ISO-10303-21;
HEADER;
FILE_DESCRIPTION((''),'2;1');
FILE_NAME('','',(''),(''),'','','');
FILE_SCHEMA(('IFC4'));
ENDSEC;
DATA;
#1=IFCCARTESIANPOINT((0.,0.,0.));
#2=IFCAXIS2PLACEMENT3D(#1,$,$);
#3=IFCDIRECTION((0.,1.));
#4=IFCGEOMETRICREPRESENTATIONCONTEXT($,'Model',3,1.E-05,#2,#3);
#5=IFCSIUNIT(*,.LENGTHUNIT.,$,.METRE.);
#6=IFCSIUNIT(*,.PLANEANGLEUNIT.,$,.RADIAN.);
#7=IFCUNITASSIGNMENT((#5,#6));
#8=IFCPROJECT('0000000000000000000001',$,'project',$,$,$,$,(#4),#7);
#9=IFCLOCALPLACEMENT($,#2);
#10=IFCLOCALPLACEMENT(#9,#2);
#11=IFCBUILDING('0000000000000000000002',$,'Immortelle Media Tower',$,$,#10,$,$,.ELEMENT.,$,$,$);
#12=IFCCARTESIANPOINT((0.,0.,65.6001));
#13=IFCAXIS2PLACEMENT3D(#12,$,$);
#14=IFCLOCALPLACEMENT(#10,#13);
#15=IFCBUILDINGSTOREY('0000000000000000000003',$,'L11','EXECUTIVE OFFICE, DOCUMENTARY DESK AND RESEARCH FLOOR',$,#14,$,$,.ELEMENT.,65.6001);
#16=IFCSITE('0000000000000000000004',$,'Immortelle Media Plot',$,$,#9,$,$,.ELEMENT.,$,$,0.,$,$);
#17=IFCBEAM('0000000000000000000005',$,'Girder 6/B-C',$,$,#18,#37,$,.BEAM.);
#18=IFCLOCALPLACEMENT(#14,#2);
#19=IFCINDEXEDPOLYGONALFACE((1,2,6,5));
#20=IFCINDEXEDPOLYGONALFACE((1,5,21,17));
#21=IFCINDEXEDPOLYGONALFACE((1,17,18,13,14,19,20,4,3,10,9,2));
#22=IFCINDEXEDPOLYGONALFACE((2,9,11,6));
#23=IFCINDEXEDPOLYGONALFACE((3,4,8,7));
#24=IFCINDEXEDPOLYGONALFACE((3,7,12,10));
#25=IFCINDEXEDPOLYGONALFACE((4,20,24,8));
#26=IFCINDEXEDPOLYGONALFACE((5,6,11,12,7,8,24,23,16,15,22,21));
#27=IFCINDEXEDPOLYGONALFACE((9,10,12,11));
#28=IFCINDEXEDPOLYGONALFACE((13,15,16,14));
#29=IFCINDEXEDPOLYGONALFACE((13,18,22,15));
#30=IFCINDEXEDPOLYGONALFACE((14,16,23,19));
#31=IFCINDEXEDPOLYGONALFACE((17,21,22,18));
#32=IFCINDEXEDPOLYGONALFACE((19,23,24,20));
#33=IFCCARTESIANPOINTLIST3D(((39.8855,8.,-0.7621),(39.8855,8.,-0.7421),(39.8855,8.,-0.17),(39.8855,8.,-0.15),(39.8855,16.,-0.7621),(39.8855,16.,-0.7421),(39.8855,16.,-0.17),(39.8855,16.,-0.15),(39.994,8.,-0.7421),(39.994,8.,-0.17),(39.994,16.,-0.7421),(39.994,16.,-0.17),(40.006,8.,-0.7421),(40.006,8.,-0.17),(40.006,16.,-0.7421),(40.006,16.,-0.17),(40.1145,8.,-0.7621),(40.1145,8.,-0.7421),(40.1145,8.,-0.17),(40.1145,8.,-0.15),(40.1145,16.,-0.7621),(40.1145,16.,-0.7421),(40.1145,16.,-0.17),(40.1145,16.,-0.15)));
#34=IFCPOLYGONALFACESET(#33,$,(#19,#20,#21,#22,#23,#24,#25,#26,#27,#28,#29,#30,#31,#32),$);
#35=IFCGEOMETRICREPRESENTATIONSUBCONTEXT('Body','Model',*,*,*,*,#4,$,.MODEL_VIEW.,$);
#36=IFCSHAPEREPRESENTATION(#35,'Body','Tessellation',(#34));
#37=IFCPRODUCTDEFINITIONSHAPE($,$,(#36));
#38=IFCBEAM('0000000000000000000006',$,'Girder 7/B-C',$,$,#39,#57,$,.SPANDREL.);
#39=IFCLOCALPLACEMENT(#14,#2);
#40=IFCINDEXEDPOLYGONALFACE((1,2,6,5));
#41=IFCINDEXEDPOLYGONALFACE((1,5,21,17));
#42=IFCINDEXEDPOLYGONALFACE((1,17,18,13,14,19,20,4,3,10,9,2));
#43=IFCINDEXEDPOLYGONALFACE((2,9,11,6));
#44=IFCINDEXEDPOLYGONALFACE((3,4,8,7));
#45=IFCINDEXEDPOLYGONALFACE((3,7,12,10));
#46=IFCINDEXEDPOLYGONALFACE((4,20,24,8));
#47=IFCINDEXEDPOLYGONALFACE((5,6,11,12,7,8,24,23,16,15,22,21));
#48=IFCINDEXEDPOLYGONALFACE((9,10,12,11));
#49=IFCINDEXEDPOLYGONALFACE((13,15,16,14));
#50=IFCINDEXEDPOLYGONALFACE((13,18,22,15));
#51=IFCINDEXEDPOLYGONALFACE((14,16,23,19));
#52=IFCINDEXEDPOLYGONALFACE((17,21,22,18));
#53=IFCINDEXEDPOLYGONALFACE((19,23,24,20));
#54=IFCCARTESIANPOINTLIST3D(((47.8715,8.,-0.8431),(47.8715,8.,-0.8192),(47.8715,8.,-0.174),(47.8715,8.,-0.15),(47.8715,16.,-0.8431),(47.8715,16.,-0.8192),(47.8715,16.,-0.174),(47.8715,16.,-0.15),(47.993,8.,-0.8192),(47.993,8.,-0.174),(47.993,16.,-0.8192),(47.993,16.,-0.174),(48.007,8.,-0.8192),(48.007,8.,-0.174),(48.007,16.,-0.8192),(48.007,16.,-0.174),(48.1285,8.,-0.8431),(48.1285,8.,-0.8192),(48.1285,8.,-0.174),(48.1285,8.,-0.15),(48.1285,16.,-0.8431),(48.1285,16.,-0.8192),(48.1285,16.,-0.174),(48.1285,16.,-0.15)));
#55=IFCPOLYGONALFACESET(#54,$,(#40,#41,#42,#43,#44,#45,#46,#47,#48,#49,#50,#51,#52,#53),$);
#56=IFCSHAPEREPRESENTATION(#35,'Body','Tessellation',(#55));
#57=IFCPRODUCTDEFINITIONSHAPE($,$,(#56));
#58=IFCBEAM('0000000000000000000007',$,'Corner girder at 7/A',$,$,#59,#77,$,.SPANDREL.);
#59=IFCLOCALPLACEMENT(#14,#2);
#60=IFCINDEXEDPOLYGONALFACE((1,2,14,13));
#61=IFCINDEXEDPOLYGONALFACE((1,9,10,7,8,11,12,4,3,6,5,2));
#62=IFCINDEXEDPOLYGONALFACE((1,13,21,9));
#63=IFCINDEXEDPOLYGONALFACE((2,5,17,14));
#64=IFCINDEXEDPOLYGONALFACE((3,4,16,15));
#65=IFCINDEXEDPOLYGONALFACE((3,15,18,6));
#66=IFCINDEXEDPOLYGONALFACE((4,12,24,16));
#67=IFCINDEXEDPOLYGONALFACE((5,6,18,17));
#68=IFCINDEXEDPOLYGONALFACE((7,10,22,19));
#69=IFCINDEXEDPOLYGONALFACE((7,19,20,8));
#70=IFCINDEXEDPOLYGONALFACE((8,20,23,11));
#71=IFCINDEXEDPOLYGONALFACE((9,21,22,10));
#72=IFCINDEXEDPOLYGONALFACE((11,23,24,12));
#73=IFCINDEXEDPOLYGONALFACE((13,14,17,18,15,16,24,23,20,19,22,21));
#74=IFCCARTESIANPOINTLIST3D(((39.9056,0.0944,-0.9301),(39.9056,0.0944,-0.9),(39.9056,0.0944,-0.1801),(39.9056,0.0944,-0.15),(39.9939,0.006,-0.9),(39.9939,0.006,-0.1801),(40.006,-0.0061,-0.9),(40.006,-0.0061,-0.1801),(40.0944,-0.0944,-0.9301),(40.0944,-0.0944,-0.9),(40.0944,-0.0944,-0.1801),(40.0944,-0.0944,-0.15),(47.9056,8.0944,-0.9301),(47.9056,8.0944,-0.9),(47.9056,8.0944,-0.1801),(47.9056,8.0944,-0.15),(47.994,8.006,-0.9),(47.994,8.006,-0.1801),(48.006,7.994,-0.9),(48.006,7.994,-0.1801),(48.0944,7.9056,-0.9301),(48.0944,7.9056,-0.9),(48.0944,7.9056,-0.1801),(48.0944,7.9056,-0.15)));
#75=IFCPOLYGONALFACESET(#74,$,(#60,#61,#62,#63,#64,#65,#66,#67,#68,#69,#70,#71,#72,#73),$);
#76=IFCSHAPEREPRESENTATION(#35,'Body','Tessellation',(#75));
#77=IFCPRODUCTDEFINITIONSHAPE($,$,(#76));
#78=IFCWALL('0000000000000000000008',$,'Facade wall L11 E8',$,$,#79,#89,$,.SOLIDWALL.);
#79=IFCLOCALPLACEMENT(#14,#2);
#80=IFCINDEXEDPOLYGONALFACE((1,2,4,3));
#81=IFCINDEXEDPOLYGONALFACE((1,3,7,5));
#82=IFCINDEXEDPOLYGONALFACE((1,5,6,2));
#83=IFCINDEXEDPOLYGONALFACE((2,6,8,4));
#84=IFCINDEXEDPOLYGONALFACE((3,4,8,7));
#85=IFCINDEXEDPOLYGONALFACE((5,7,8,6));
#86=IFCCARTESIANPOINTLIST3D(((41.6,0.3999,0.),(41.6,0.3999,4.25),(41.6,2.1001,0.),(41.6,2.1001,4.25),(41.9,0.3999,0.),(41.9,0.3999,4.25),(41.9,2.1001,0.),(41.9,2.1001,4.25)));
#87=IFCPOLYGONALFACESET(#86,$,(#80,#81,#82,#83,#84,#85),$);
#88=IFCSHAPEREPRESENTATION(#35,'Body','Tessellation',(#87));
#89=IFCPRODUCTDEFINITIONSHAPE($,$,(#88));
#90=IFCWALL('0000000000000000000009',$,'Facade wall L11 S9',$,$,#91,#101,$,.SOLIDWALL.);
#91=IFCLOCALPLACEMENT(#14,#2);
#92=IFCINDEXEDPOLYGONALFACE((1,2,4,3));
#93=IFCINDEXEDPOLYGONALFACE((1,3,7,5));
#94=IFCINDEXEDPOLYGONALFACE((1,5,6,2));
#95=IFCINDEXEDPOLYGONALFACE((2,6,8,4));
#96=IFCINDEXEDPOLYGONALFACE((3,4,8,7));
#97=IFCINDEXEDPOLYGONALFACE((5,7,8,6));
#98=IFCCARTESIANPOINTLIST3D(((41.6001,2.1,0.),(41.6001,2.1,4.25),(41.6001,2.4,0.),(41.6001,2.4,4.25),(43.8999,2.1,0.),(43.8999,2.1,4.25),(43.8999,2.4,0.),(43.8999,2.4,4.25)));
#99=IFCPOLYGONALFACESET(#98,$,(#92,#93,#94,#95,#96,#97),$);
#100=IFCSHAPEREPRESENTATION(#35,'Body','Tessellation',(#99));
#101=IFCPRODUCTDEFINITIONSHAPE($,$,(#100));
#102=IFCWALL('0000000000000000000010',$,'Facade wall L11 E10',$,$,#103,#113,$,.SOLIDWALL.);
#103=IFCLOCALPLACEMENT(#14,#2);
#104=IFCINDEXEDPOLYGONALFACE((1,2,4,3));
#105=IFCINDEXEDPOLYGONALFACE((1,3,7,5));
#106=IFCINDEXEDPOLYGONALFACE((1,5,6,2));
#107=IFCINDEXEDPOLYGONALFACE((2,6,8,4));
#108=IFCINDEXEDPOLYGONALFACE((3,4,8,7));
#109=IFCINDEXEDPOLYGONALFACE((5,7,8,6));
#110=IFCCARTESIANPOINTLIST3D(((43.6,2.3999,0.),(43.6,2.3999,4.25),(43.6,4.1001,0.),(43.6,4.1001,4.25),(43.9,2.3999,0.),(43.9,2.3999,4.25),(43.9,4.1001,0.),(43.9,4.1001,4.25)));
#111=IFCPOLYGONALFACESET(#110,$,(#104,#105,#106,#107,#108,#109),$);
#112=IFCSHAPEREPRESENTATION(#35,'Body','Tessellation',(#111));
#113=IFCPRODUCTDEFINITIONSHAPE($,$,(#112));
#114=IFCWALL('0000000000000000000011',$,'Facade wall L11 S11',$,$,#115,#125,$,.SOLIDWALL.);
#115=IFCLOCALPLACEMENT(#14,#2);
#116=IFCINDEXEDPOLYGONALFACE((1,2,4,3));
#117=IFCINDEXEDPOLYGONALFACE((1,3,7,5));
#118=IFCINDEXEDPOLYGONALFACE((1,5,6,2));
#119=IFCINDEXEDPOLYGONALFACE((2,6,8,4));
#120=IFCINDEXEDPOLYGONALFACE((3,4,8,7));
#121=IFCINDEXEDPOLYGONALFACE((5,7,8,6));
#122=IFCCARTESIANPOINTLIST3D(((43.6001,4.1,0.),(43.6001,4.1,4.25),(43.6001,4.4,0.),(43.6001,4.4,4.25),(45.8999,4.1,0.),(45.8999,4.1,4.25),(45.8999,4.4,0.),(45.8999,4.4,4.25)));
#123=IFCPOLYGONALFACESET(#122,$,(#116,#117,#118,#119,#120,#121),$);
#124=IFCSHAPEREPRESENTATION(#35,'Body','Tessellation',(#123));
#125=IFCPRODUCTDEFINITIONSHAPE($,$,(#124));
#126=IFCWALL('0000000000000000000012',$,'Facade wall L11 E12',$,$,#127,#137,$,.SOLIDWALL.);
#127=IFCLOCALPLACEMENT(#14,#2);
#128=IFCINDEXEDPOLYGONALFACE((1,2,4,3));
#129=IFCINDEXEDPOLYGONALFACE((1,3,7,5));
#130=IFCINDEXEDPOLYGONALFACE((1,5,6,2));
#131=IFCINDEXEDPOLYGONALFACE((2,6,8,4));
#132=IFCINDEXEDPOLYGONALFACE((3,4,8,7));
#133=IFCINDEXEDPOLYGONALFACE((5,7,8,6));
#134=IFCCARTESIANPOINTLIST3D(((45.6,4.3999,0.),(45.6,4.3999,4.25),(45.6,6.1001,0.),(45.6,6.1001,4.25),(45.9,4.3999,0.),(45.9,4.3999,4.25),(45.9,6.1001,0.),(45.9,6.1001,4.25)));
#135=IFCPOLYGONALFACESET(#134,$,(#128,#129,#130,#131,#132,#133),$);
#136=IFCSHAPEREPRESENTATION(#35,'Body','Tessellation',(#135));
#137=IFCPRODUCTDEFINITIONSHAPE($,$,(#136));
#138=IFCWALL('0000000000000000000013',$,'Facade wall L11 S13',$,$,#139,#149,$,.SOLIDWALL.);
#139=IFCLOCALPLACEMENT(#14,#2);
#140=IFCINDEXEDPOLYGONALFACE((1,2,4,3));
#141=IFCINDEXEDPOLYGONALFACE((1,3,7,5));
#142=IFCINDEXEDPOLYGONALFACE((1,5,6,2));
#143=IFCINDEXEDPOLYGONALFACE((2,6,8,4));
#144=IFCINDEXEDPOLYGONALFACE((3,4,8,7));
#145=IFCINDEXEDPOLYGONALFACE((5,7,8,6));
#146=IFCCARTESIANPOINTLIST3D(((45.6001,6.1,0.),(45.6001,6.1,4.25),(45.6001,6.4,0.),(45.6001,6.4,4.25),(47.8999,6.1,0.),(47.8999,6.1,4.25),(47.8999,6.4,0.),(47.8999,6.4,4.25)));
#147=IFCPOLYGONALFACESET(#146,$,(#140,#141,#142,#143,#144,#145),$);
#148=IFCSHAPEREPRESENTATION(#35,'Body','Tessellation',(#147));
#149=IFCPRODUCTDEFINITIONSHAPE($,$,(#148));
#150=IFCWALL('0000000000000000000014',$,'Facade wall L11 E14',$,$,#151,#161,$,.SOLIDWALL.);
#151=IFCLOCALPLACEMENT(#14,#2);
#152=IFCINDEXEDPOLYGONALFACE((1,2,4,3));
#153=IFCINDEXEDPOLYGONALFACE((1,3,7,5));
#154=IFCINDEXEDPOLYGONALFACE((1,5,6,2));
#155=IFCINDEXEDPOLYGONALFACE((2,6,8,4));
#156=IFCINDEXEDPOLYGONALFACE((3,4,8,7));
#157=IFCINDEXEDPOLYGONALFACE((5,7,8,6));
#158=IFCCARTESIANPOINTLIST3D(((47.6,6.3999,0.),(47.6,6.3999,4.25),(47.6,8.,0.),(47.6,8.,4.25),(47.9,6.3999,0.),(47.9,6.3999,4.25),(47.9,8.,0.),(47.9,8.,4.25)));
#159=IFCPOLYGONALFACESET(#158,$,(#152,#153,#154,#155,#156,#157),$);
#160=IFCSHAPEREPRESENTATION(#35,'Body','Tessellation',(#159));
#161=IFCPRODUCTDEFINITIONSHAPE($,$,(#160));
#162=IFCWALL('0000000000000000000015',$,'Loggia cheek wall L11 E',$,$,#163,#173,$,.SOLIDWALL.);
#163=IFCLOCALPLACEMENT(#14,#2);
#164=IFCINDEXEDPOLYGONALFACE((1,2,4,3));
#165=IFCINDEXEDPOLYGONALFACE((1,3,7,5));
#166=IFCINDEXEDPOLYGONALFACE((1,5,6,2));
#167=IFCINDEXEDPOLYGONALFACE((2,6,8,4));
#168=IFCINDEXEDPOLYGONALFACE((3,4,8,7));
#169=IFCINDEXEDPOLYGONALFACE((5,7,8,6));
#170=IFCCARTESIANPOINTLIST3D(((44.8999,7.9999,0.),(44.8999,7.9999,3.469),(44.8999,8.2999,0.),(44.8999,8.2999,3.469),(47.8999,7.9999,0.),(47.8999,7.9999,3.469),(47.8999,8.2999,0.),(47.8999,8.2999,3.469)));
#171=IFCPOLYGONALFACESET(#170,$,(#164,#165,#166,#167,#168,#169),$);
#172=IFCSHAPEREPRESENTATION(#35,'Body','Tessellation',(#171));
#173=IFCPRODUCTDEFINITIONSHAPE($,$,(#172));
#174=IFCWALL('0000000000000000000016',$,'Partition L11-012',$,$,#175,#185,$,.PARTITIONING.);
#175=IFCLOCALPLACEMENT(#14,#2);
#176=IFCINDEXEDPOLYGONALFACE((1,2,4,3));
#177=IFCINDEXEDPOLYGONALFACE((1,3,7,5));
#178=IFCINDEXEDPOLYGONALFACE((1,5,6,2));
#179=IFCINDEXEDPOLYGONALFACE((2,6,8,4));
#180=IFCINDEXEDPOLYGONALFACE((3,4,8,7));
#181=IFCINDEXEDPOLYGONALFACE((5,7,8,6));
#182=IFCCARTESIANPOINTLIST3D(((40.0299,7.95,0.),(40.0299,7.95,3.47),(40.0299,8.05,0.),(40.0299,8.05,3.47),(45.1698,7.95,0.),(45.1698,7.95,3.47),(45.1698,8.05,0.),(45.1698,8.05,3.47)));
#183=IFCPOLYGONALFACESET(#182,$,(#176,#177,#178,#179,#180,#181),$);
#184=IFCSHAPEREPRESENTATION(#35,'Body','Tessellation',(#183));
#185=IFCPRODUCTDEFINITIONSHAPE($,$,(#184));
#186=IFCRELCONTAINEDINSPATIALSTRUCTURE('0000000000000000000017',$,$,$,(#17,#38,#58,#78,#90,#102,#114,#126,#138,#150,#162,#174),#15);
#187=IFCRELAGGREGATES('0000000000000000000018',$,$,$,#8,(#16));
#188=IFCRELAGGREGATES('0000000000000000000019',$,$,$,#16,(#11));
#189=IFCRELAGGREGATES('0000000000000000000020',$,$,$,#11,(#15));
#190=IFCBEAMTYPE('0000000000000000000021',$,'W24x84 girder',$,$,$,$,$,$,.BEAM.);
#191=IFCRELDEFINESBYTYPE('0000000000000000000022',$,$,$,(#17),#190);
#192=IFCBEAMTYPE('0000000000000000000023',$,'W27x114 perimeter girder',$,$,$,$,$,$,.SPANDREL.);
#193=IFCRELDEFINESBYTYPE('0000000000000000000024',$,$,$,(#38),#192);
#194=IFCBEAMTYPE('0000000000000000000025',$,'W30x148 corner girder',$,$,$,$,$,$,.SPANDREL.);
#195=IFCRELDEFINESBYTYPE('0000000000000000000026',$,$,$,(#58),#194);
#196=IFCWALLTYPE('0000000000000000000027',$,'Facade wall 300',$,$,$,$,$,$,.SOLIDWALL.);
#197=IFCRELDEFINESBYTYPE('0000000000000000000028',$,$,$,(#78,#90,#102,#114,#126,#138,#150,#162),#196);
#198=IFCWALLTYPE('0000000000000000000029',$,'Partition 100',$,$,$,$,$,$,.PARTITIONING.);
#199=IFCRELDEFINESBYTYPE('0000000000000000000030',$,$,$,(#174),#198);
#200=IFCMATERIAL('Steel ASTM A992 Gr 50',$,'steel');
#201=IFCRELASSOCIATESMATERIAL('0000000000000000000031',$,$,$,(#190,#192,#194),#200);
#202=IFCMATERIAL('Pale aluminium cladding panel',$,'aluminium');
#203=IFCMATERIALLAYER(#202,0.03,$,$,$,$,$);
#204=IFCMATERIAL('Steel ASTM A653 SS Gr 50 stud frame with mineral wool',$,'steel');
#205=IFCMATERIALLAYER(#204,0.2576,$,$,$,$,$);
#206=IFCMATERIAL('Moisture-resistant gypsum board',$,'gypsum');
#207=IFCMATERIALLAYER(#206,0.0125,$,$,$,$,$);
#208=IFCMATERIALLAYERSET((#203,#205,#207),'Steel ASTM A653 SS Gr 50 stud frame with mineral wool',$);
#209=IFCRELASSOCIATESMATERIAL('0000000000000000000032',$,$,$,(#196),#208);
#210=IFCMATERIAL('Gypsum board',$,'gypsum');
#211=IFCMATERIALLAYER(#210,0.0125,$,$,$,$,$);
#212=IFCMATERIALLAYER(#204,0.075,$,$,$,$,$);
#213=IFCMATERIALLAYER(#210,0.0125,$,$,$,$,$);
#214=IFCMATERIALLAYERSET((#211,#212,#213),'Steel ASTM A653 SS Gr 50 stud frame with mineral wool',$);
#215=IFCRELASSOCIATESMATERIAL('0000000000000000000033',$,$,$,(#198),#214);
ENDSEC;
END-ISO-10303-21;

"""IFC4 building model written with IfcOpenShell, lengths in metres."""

from ifc_helpers import new_model, si_unit, direction, frame, frame_2d, origin, origin_2d, place, context, subcontext, project, spatial, rectangle, i_section, extrude, material, layer, layer_set, material_profile, profile_set, type_object, element, save


model = new_model("IFC4")

# Units and contexts
model_context = context("Model", 3, precision=1e-05, world=origin(), true_north=direction((0.0, 1.0)))
body_context = subcontext(model_context, "Body", "Model", "MODEL_VIEW")
ifc_project = project(units=[si_unit("LENGTHUNIT", "METRE"), si_unit("PLANEANGLEUNIT", "RADIAN")], contexts=[model_context])

# Site, building, storey
site_placement = place(None, origin())
site = spatial("IfcSite", under=ifc_project, at=site_placement, Name="Immortelle Media Plot", CompositionType="ELEMENT", RefElevation=0.0)
building_placement = place(site_placement, origin())
building = spatial("IfcBuilding", under=site, at=building_placement, Name="Immortelle Media Tower", CompositionType="ELEMENT")
storey_placement = place(building_placement, frame((0.0, 0.0, 65.6001)))
storey = spatial("IfcBuildingStorey", under=building, at=storey_placement, Name="L11", Description="EXECUTIVE OFFICE, DOCUMENTARY DESK AND RESEARCH FLOOR", CompositionType="ELEMENT", Elevation=65.6001)

# Shared definitions
ifc_material_1 = material(Name="Steel ASTM A992 Gr 50", Category="steel")

# Beams
ifc_material_profile_1 = material_profile(ifc_material_1, i_section(OverallWidth=0.229, OverallDepth=0.6121, WebThickness=0.012, FlangeThickness=0.02, at=origin_2d()), Name="W24x84")
ifc_profile_set_1 = profile_set([ifc_material_profile_1], Name="Steel ASTM A992 Gr 50")
beam_type_1 = type_object("IfcBeamType", Name="W24x84 girder", PredefinedType="BEAM", material=ifc_profile_set_1)
for number, where, z_axis, x_axis, name in (
    (1, (40.0, 8.0, -0.4561), (0.0, 1.0, 0.0), (-1.0, 0.0, 0.0), "Girder 6/B-C"),
):
    element("IfcBeam", number, at=place(storey_placement, frame(where, z_axis=z_axis, x_axis=x_axis)), inside=storey, type_object=beam_type_1, Name=name, PredefinedType="BEAM", context=body_context, shape_type="SweptSolid", body=[
        extrude(i_section(OverallWidth=0.229, OverallDepth=0.6121, WebThickness=0.012, FlangeThickness=0.02, at=origin_2d()), origin(), (0.0, 0.0, 1.0), 8.0),
    ])
ifc_material_profile_2 = material_profile(ifc_material_1, i_section(OverallWidth=0.2571, OverallDepth=0.6931, WebThickness=0.0139, FlangeThickness=0.0239, at=origin_2d()), Name="W27x114")
ifc_profile_set_2 = profile_set([ifc_material_profile_2], Name="Steel ASTM A992 Gr 50")
beam_type_2 = type_object("IfcBeamType", Name="W27x114 perimeter girder", PredefinedType="SPANDREL", material=ifc_profile_set_2)
beam_1_placement = place(storey_placement, frame((48.0, 8.0, -0.4966), z_axis=(0.0, 1.0, 0.0), x_axis=(-1.0, 0.0, 0.0)))
element("IfcBeam", 2, at=beam_1_placement, inside=storey, type_object=beam_type_2, Name="Girder 7/B-C", PredefinedType="SPANDREL", context=body_context, shape_type="SweptSolid", body=[
    extrude(i_section(OverallWidth=0.2571, OverallDepth=0.6931, WebThickness=0.0139, FlangeThickness=0.0239, at=origin_2d()), origin(), (0.0, 0.0, 1.0), 8.0),
])
ifc_material_profile_3 = material_profile(ifc_material_1, i_section(OverallWidth=0.2671, OverallDepth=0.78, WebThickness=0.0171, FlangeThickness=0.03, at=origin_2d()), Name="W30x148")
ifc_profile_set_3 = profile_set([ifc_material_profile_3], Name="Steel ASTM A992 Gr 50")
beam_type_3 = type_object("IfcBeamType", Name="W30x148 corner girder", PredefinedType="SPANDREL", material=ifc_profile_set_3)
beam_2_placement = place(storey_placement, frame((48.0, 8.0, -0.54), z_axis=(-0.707107, -0.707107, 0.0), x_axis=(0.707107, -0.707107, 0.0)))
element("IfcBeam", 3, at=beam_2_placement, inside=storey, type_object=beam_type_3, Name="Corner girder at 7/A", PredefinedType="SPANDREL", context=body_context, shape_type="SweptSolid", body=[
    extrude(i_section(OverallWidth=0.2671, OverallDepth=0.78, WebThickness=0.0171, FlangeThickness=0.03, at=origin_2d()), origin(), (0.0, 0.0, 1.0), 11.3137),
])

# Walls
ifc_material_2 = material(Name="Pale aluminium cladding panel", Category="aluminium")
ifc_layer_1 = layer(ifc_material_2, 0.03)
ifc_material_3 = material(Name="Steel ASTM A653 SS Gr 50 stud frame with mineral wool", Category="steel")
ifc_layer_2 = layer(ifc_material_3, 0.2576)
ifc_material_4 = material(Name="Moisture-resistant gypsum board", Category="gypsum")
ifc_layer_3 = layer(ifc_material_4, 0.0125)
ifc_layer_set_1 = layer_set([ifc_layer_1, ifc_layer_2, ifc_layer_3], Name="Steel ASTM A653 SS Gr 50 stud frame with mineral wool")
wall_type_1 = type_object("IfcWallType", Name="Facade wall 300", PredefinedType="SOLIDWALL", material=ifc_layer_set_1)
wall_1_placement = place(storey_placement, frame((41.75, 0.3999, 0.0), z_axis=(0.0, 0.0, 1.0), x_axis=(0.0, 1.0, 0.0)))
element("IfcWall", 4, at=wall_1_placement, inside=storey, type_object=wall_type_1, Name="Facade wall L11 E8", PredefinedType="SOLIDWALL", context=body_context, shape_type="SweptSolid", body=[
    extrude(rectangle(XDim=1.7002, YDim=0.3, at=frame_2d((0.8501, 0.0))), origin(), (0.0, 0.0, 1.0), 4.25),
])
wall_2_placement = place(storey_placement, frame((41.6001, 2.25, 0.0), z_axis=(0.0, 0.0, 1.0), x_axis=(1.0, 0.0, 0.0)))
element("IfcWall", 5, at=wall_2_placement, inside=storey, type_object=wall_type_1, Name="Facade wall L11 S9", PredefinedType="SOLIDWALL", context=body_context, shape_type="SweptSolid", body=[
    extrude(rectangle(XDim=2.2998, YDim=0.3, at=frame_2d((1.1499, 0.0))), origin(), (0.0, 0.0, 1.0), 4.25),
])
wall_3_placement = place(storey_placement, frame((43.75, 2.3999, 0.0), z_axis=(0.0, 0.0, 1.0), x_axis=(0.0, 1.0, 0.0)))
element("IfcWall", 6, at=wall_3_placement, inside=storey, type_object=wall_type_1, Name="Facade wall L11 E10", PredefinedType="SOLIDWALL", context=body_context, shape_type="SweptSolid", body=[
    extrude(rectangle(XDim=1.7002, YDim=0.3, at=frame_2d((0.8501, 0.0))), origin(), (0.0, 0.0, 1.0), 4.25),
])
wall_4_placement = place(storey_placement, frame((43.6001, 4.25, 0.0), z_axis=(0.0, 0.0, 1.0), x_axis=(1.0, 0.0, 0.0)))
element("IfcWall", 7, at=wall_4_placement, inside=storey, type_object=wall_type_1, Name="Facade wall L11 S11", PredefinedType="SOLIDWALL", context=body_context, shape_type="SweptSolid", body=[
    extrude(rectangle(XDim=2.2998, YDim=0.3, at=frame_2d((1.1499, 0.0))), origin(), (0.0, 0.0, 1.0), 4.25),
])
wall_5_placement = place(storey_placement, frame((45.75, 4.3999, 0.0), z_axis=(0.0, 0.0, 1.0), x_axis=(0.0, 1.0, 0.0)))
element("IfcWall", 8, at=wall_5_placement, inside=storey, type_object=wall_type_1, Name="Facade wall L11 E12", PredefinedType="SOLIDWALL", context=body_context, shape_type="SweptSolid", body=[
    extrude(rectangle(XDim=1.7002, YDim=0.3, at=frame_2d((0.8501, 0.0))), origin(), (0.0, 0.0, 1.0), 4.25),
])
wall_6_placement = place(storey_placement, frame((45.6001, 6.25, 0.0), z_axis=(0.0, 0.0, 1.0), x_axis=(1.0, 0.0, 0.0)))
element("IfcWall", 9, at=wall_6_placement, inside=storey, type_object=wall_type_1, Name="Facade wall L11 S13", PredefinedType="SOLIDWALL", context=body_context, shape_type="SweptSolid", body=[
    extrude(rectangle(XDim=2.2998, YDim=0.3, at=frame_2d((1.1499, 0.0))), origin(), (0.0, 0.0, 1.0), 4.25),
])
wall_7_placement = place(storey_placement, frame((47.75, 6.3999, 0.0), z_axis=(0.0, 0.0, 1.0), x_axis=(0.0, 1.0, 0.0)))
element("IfcWall", 10, at=wall_7_placement, inside=storey, type_object=wall_type_1, Name="Facade wall L11 E14", PredefinedType="SOLIDWALL", context=body_context, shape_type="SweptSolid", body=[
    extrude(rectangle(XDim=1.6001, YDim=0.3, at=frame_2d((0.8, 0.0))), origin(), (0.0, 0.0, 1.0), 4.25),
])

# Walls
wall_8_placement = place(storey_placement, frame((47.8999, 8.1499, 0.0), z_axis=(0.0, 0.0, 1.0), x_axis=(-1.0, 0.0, 0.0)))
element("IfcWall", 11, at=wall_8_placement, inside=storey, type_object=wall_type_1, Name="Loggia cheek wall L11 E", PredefinedType="SOLIDWALL", context=body_context, shape_type="SweptSolid", body=[
    extrude(rectangle(XDim=3.0, YDim=0.3, at=frame_2d((1.5, 0.0))), origin(), (0.0, 0.0, 1.0), 3.469),
])
ifc_material_5 = material(Name="Gypsum board", Category="gypsum")
ifc_layer_4 = layer(ifc_material_5, 0.0125)
ifc_layer_5 = layer(ifc_material_3, 0.075)
ifc_layer_6 = layer(ifc_material_5, 0.0125)
ifc_layer_set_2 = layer_set([ifc_layer_4, ifc_layer_5, ifc_layer_6], Name="Steel ASTM A653 SS Gr 50 stud frame with mineral wool")
wall_type_2 = type_object("IfcWallType", Name="Partition 100", PredefinedType="PARTITIONING", material=ifc_layer_set_2)
wall_9_placement = place(storey_placement, frame((40.03, 8.0, 0.0), z_axis=(0.0, 0.0, 1.0), x_axis=(1.0, 0.0, 0.0)))
element("IfcWall", 12, at=wall_9_placement, inside=storey, type_object=wall_type_2, Name="Partition L11-012", PredefinedType="PARTITIONING", context=body_context, shape_type="SweptSolid", body=[
    extrude(rectangle(XDim=5.1399, YDim=0.1001, at=frame_2d((2.5698, 0.0))), origin(), (0.0, 0.0, 1.0), 3.47),
])

save(model, "model.ifc")
